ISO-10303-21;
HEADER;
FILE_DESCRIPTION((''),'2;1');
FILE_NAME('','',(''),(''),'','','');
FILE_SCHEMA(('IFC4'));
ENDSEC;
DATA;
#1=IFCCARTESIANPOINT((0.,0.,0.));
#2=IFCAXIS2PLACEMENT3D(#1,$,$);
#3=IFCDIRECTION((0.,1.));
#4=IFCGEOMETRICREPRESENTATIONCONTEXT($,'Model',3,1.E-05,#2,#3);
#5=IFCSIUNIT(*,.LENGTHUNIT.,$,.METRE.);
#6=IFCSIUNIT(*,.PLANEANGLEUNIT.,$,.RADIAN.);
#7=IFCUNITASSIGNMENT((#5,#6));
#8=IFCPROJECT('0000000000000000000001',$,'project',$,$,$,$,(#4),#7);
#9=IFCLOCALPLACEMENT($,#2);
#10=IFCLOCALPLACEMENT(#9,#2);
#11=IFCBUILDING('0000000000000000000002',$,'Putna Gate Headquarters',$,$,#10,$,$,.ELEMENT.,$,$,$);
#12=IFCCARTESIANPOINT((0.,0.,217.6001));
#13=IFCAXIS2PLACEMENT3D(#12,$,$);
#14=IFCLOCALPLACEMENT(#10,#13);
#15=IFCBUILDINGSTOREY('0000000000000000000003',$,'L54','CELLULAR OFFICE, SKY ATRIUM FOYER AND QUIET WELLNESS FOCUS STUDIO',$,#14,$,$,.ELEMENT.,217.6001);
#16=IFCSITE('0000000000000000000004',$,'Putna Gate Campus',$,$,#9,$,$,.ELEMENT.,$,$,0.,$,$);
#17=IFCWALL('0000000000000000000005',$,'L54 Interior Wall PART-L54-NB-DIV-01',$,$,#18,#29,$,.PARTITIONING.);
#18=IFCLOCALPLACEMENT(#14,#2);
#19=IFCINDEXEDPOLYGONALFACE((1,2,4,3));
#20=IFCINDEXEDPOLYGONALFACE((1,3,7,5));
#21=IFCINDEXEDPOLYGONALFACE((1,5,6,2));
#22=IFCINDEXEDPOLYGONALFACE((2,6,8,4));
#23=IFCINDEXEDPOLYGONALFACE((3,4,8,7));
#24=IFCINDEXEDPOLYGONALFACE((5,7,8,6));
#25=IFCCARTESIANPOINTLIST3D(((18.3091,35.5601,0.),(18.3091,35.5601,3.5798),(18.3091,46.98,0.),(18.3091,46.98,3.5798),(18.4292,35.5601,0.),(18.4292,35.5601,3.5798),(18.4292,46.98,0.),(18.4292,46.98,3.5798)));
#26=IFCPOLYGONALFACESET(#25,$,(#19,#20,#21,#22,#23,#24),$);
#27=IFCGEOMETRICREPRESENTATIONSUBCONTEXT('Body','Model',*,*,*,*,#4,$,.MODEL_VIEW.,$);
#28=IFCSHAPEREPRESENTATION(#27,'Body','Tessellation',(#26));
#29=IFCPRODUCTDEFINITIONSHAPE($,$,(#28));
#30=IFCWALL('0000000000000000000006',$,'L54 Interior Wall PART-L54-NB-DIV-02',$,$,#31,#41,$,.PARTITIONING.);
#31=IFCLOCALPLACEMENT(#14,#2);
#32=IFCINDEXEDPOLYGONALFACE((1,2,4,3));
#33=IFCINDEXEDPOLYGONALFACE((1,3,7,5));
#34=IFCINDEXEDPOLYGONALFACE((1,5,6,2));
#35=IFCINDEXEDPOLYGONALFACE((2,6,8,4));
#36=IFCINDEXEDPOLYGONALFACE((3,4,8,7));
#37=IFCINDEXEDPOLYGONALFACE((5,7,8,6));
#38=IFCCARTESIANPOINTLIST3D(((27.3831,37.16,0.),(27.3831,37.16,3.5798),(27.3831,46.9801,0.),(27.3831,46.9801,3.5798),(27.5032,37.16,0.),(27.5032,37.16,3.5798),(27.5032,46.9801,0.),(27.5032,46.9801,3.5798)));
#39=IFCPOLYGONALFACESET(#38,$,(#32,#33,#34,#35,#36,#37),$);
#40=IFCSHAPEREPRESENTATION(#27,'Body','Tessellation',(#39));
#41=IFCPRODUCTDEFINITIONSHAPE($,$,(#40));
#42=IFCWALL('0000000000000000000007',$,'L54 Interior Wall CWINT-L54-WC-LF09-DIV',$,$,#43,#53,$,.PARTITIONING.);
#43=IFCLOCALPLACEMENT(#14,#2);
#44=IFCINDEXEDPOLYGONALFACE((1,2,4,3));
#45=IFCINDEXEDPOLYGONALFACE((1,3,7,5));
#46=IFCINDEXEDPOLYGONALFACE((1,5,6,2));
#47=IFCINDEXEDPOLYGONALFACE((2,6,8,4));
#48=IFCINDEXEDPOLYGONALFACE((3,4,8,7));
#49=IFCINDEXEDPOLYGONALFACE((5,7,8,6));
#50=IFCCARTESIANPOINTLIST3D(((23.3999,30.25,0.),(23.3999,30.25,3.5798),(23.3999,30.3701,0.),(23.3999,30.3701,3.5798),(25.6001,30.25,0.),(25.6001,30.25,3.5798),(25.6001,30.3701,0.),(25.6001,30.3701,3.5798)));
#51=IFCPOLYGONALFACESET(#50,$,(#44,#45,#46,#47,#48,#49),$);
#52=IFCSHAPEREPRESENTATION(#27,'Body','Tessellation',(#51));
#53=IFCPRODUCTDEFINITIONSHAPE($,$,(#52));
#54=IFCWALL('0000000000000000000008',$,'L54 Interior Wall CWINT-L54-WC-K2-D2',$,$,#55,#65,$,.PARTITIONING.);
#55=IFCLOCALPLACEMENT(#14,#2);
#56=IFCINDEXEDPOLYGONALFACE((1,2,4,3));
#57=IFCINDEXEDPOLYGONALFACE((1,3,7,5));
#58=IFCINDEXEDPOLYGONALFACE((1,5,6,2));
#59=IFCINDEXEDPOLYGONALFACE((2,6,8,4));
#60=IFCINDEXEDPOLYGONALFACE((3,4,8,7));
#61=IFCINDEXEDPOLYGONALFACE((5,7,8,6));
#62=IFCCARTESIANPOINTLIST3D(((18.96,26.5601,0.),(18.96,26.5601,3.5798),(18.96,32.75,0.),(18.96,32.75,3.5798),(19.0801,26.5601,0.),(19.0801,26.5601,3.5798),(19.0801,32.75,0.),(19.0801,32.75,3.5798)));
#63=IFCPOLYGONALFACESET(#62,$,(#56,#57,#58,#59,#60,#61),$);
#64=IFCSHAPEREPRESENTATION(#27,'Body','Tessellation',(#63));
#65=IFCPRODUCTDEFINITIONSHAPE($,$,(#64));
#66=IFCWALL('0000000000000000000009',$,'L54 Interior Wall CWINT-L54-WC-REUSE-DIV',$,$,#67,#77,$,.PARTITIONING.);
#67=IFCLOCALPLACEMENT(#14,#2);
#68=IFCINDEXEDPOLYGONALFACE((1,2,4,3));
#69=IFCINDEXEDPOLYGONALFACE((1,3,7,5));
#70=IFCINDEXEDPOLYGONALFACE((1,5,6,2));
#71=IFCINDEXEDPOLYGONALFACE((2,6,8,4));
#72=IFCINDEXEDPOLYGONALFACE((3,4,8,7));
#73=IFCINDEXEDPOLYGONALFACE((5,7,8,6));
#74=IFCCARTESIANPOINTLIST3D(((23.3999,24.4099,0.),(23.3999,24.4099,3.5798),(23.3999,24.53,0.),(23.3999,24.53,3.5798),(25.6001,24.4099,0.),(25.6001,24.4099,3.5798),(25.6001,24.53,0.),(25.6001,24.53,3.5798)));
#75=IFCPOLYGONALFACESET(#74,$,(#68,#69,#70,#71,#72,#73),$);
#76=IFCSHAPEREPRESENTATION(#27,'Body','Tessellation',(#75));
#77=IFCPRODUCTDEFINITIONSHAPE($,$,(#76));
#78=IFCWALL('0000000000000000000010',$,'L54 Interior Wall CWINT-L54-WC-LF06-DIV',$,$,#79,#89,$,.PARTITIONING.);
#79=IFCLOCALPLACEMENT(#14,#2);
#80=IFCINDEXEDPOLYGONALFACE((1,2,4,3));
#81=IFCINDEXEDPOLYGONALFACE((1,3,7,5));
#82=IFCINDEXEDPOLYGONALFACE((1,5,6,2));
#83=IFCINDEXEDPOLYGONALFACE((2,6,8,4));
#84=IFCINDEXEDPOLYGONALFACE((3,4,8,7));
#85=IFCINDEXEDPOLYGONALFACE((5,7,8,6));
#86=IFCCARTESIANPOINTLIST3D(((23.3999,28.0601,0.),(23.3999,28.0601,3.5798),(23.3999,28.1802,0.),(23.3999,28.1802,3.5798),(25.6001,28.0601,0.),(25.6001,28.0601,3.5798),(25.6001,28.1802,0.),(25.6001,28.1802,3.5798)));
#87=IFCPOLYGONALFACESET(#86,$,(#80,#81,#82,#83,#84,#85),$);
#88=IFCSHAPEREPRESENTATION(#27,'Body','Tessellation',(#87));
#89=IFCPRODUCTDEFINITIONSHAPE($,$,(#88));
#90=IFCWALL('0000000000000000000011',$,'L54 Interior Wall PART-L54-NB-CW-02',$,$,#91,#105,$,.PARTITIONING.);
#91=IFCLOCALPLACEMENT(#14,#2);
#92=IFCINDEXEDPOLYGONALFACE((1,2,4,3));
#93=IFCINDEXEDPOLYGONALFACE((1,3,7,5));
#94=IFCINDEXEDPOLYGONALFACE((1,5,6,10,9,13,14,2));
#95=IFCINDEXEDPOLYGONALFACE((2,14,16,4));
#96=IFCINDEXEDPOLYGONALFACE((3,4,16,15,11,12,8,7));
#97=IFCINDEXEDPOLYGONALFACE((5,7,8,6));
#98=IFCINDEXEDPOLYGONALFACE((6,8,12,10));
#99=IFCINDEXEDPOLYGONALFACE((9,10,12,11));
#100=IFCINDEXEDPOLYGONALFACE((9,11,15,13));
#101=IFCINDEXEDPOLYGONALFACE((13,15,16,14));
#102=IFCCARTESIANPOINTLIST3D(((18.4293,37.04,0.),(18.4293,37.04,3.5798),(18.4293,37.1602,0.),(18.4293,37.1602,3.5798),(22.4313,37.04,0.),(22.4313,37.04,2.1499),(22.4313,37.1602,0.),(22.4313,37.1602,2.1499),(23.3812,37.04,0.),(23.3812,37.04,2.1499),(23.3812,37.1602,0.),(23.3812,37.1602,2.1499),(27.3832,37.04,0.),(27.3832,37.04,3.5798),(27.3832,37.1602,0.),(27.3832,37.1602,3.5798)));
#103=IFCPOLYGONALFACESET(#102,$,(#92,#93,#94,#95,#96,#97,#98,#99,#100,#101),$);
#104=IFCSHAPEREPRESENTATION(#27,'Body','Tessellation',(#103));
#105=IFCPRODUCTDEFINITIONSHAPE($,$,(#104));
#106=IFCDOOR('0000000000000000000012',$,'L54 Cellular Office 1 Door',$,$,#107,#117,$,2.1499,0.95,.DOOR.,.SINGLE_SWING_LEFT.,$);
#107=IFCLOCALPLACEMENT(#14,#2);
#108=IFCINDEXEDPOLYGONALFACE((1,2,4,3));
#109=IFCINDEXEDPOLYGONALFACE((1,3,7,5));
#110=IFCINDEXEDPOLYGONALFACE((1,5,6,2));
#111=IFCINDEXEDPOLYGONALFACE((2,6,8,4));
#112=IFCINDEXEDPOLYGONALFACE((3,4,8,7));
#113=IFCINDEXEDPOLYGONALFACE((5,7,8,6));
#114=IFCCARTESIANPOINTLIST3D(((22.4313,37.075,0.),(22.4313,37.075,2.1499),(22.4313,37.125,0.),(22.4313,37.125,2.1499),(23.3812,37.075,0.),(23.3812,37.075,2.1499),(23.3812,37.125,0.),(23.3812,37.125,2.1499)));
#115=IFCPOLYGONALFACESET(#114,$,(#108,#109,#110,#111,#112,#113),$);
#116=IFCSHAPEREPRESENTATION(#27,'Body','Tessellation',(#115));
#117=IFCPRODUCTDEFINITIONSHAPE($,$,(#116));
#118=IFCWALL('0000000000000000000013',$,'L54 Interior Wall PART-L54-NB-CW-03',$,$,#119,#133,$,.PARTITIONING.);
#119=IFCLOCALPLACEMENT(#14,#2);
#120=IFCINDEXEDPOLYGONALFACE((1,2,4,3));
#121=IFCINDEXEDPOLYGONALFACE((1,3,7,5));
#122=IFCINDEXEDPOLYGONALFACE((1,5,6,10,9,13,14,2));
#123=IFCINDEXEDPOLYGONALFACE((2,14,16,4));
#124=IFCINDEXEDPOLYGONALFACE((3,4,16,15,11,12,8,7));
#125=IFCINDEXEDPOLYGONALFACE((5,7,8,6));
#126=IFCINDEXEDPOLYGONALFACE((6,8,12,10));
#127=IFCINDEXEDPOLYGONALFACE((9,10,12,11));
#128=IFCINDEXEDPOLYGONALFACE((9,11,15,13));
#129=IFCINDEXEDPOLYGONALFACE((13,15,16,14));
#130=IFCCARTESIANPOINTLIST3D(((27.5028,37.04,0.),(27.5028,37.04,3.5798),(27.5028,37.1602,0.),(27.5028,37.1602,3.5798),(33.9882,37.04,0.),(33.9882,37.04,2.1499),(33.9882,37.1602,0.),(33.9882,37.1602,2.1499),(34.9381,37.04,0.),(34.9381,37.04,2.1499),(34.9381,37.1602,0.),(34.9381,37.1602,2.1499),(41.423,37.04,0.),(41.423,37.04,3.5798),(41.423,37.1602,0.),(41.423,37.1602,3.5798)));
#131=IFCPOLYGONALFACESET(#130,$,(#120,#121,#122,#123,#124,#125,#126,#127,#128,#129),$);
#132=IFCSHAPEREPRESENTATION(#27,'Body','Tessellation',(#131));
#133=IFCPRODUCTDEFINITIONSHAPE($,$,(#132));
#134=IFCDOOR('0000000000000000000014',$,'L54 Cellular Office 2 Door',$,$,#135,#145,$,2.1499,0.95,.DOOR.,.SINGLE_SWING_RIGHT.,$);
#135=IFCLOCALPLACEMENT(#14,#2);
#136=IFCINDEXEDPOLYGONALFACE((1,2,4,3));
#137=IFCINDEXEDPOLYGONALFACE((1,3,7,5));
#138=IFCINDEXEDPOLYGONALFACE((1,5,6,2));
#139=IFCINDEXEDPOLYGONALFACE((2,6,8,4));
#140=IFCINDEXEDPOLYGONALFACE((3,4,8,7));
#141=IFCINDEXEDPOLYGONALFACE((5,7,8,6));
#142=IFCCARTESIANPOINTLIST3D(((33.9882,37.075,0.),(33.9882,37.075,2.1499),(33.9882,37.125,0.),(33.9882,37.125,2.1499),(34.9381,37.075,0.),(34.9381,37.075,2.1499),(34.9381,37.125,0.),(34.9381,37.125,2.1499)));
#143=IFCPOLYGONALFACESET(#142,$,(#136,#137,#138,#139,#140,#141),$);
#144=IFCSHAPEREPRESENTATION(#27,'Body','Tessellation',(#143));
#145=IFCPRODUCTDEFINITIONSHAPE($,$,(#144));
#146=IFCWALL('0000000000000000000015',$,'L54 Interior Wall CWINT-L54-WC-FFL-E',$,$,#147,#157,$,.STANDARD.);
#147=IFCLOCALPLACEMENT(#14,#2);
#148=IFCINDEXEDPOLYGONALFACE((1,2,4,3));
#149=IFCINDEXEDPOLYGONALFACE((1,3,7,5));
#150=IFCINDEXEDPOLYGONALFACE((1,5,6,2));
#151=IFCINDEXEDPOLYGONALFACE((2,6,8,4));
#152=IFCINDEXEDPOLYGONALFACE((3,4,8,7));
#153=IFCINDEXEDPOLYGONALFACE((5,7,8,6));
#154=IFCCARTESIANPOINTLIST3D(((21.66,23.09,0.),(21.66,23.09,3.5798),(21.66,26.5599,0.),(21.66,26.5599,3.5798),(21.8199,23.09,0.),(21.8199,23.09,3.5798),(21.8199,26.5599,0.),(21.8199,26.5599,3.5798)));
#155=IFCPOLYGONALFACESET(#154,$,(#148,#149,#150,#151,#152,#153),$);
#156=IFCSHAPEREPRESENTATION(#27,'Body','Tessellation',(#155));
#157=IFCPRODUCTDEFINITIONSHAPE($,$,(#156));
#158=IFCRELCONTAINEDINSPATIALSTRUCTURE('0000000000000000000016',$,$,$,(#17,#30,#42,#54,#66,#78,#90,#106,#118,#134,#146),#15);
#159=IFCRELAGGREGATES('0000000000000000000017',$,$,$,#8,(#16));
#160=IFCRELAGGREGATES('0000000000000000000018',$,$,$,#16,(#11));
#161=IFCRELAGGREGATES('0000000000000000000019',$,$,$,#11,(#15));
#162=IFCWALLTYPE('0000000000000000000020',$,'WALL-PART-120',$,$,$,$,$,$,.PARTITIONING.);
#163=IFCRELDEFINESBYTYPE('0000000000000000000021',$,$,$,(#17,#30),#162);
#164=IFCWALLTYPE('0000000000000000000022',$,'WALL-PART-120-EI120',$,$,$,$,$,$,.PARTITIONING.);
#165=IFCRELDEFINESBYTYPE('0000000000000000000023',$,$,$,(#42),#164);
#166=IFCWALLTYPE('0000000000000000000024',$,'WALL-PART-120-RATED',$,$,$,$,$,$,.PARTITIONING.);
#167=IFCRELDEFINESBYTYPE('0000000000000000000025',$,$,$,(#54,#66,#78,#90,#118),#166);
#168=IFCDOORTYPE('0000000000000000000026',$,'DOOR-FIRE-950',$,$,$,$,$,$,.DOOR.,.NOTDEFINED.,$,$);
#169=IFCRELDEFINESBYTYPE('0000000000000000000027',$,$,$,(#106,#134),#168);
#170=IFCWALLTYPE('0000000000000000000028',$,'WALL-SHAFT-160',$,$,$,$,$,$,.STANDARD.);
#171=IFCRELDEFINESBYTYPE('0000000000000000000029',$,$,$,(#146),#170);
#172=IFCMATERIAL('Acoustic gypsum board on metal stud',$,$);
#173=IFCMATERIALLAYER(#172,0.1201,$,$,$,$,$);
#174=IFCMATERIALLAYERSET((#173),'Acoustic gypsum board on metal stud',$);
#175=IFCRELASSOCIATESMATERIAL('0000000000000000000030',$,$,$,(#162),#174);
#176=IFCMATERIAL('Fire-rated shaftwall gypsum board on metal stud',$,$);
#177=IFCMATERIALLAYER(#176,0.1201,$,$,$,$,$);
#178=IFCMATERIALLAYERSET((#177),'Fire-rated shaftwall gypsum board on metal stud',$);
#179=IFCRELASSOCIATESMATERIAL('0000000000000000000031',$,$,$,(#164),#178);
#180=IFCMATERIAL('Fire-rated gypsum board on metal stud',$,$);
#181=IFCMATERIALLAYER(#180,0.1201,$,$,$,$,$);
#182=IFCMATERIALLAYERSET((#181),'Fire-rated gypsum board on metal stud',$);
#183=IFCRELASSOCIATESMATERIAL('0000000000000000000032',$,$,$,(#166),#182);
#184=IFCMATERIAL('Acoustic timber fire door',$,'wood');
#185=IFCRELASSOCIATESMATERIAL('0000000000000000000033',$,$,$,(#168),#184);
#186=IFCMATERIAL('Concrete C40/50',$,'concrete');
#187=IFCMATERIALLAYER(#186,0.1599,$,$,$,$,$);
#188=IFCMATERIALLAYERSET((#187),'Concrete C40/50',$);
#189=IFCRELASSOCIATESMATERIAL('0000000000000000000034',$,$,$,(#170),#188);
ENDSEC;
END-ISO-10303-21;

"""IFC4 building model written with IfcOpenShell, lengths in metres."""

from ifc_helpers import new_model, si_unit, direction, frame, frame_2d, origin, place, context, subcontext, project, spatial, rectangle, extrude, material, layer, layer_set, type_object, element, fill, save


model = new_model("IFC4")

# Units and contexts
model_context = context("Model", 3, precision=1e-05, world=origin(), true_north=direction((0.0, 1.0)))
body_context = subcontext(model_context, "Body", "Model", "MODEL_VIEW")
ifc_project = project(units=[si_unit("LENGTHUNIT", "METRE"), si_unit("PLANEANGLEUNIT", "RADIAN")], contexts=[model_context])

# Site, building, storey
site_placement = place(None, origin())
site = spatial("IfcSite", under=ifc_project, at=site_placement, Name="Putna Gate Campus", CompositionType="ELEMENT", RefElevation=0.0)
building_placement = place(site_placement, origin())
building = spatial("IfcBuilding", under=site, at=building_placement, Name="Putna Gate Headquarters", CompositionType="ELEMENT")
storey_placement = place(building_placement, frame((0.0, 0.0, 217.6001)))
storey = spatial("IfcBuildingStorey", under=building, at=storey_placement, Name="L54", Description="CELLULAR OFFICE, SKY ATRIUM FOYER AND QUIET WELLNESS FOCUS STUDIO", CompositionType="ELEMENT", Elevation=217.6001)

# Walls
ifc_material_1 = material(Name="Acoustic gypsum board on metal stud")
ifc_layer_1 = layer(ifc_material_1, 0.1201)
ifc_layer_set_1 = layer_set([ifc_layer_1], Name="Acoustic gypsum board on metal stud")
wall_type_1 = type_object("IfcWallType", Name="WALL-PART-120", PredefinedType="PARTITIONING", material=ifc_layer_set_1)
wall_1_placement = place(storey_placement, frame((18.3691, 35.5601, 0.0), z_axis=(0.0, 0.0, 1.0), x_axis=(0.0, 1.0, 0.0)))
element("IfcWall", 1, at=wall_1_placement, inside=storey, type_object=wall_type_1, Name="L54 Interior Wall PART-L54-NB-DIV-01", PredefinedType="PARTITIONING", context=body_context, shape_type="SweptSolid", body=[
    extrude(rectangle(XDim=11.4199, YDim=0.1201, at=frame_2d((5.71, 0.0))), origin(), (0.0, 0.0, 1.0), 3.5798),
])
wall_2_placement = place(storey_placement, frame((27.4431, 37.1599, 0.0), z_axis=(0.0, 0.0, 1.0), x_axis=(0.0, 1.0, 0.0)))
element("IfcWall", 2, at=wall_2_placement, inside=storey, type_object=wall_type_1, Name="L54 Interior Wall PART-L54-NB-DIV-02", PredefinedType="PARTITIONING", context=body_context, shape_type="SweptSolid", body=[
    extrude(rectangle(XDim=9.8201, YDim=0.1201, at=frame_2d((4.9102, 0.0))), origin(), (0.0, 0.0, 1.0), 3.5798),
])
ifc_material_2 = material(Name="Fire-rated shaftwall gypsum board on metal stud")
ifc_layer_2 = layer(ifc_material_2, 0.1201)
ifc_layer_set_2 = layer_set([ifc_layer_2], Name="Fire-rated shaftwall gypsum board on metal stud")
wall_type_2 = type_object("IfcWallType", Name="WALL-PART-120-EI120", PredefinedType="PARTITIONING", material=ifc_layer_set_2)
wall_3_placement = place(storey_placement, frame((23.3999, 30.3101, 0.0), z_axis=(0.0, 0.0, 1.0), x_axis=(1.0, 0.0, 0.0)))
element("IfcWall", 3, at=wall_3_placement, inside=storey, type_object=wall_type_2, Name="L54 Interior Wall CWINT-L54-WC-LF09-DIV", PredefinedType="PARTITIONING", context=body_context, shape_type="SweptSolid", body=[
    extrude(rectangle(XDim=2.2002, YDim=0.1201, at=frame_2d((1.1001, 0.0))), origin(), (0.0, 0.0, 1.0), 3.5798),
])
ifc_material_3 = material(Name="Fire-rated gypsum board on metal stud")
ifc_layer_3 = layer(ifc_material_3, 0.1201)
ifc_layer_set_3 = layer_set([ifc_layer_3], Name="Fire-rated gypsum board on metal stud")
wall_type_3 = type_object("IfcWallType", Name="WALL-PART-120-RATED", PredefinedType="PARTITIONING", material=ifc_layer_set_3)
wall_4_placement = place(storey_placement, frame((19.02, 26.5601, 0.0), z_axis=(0.0, 0.0, 1.0), x_axis=(0.0, 1.0, 0.0)))
element("IfcWall", 4, at=wall_4_placement, inside=storey, type_object=wall_type_3, Name="L54 Interior Wall CWINT-L54-WC-K2-D2", PredefinedType="PARTITIONING", context=body_context, shape_type="SweptSolid", body=[
    extrude(rectangle(XDim=6.1899, YDim=0.1201, at=frame_2d((3.095, 0.0))), origin(), (0.0, 0.0, 1.0), 3.5798),
])
for number, where, z_axis, x_axis, name in (
    (5, (23.3999, 24.47, 0.0), (0.0, 0.0, 1.0), (1.0, 0.0, 0.0), "L54 Interior Wall CWINT-L54-WC-REUSE-DIV"),
    (6, (23.3999, 28.1201, 0.0), (0.0, 0.0, 1.0), (1.0, 0.0, 0.0), "L54 Interior Wall CWINT-L54-WC-LF06-DIV"),
):
    element("IfcWall", number, at=place(storey_placement, frame(where, z_axis=z_axis, x_axis=x_axis)), inside=storey, type_object=wall_type_3, Name=name, PredefinedType="PARTITIONING", context=body_context, shape_type="SweptSolid", body=[
        extrude(rectangle(XDim=2.2002, YDim=0.1201, at=frame_2d((1.1001, 0.0))), origin(), (0.0, 0.0, 1.0), 3.5798),
    ])

# Walls, openings, doors
wall_5_placement = place(storey_placement, frame((18.4292, 37.1001, 0.0), z_axis=(0.0, 0.0, 1.0), x_axis=(1.0, 0.0, 0.0)))
wall_5 = element("IfcWall", 7, at=wall_5_placement, inside=storey, type_object=wall_type_3, Name="L54 Interior Wall PART-L54-NB-CW-02", PredefinedType="PARTITIONING", context=body_context, shape_type="SweptSolid", body=[
    extrude(rectangle(XDim=8.9539, YDim=0.1201, at=frame_2d((4.4771, 0.0))), origin(), (0.0, 0.0, 1.0), 3.5798),
])
opening_1_placement = place(wall_5_placement, frame((4.002, 0.0, 0.0)))
opening_1 = element("IfcOpeningElement", 8, at=opening_1_placement, cuts=wall_5, PredefinedType="OPENING", context=body_context, shape_type="SweptSolid", body=[
    extrude(rectangle(XDim=0.95, YDim=2.1499, at=frame_2d((0.4751, 1.075))), frame((0.0, 0.0701, 0.0), z_axis=(0.0, -1.0, 0.0), x_axis=(1.0, 0.0, 0.0)), (0.0, 0.0, 1.0), 0.1401),
])
ifc_material_4 = material(Name="Acoustic timber fire door", Category="wood")
door_type_1 = type_object("IfcDoorType", Name="DOOR-FIRE-950", OperationType="NOTDEFINED", PredefinedType="DOOR", material=ifc_material_4)
door_1_placement = place(opening_1_placement, origin())
door_1 = element("IfcDoor", 9, at=door_1_placement, inside=storey, type_object=door_type_1, Name="L54 Cellular Office 1 Door", OperationType="SINGLE_SWING_LEFT", OverallHeight=2.1499, OverallWidth=0.95, PredefinedType="DOOR", context=body_context, shape_type="SweptSolid", body=[
    extrude(rectangle(XDim=0.95, YDim=2.1499, at=frame_2d((0.4751, 1.075))), frame((0.0, 0.0249, 0.0), z_axis=(0.0, -1.0, 0.0), x_axis=(1.0, 0.0, 0.0)), (0.0, 0.0, 1.0), 0.05),
])
fill(opening_1, door_1)
wall_6_placement = place(storey_placement, frame((27.5029, 37.1001, 0.0), z_axis=(0.0, 0.0, 1.0), x_axis=(1.0, 0.0, 0.0)))
wall_6 = element("IfcWall", 10, at=wall_6_placement, inside=storey, type_object=wall_type_3, Name="L54 Interior Wall PART-L54-NB-CW-03", PredefinedType="PARTITIONING", context=body_context, shape_type="SweptSolid", body=[
    extrude(rectangle(XDim=13.9202, YDim=0.1201, at=frame_2d((6.96, 0.0))), origin(), (0.0, 0.0, 1.0), 3.5798),
])
opening_2_placement = place(wall_6_placement, frame((6.4851, 0.0, 0.0)))
opening_2 = element("IfcOpeningElement", 11, at=opening_2_placement, cuts=wall_6, PredefinedType="OPENING", context=body_context, shape_type="SweptSolid", body=[
    extrude(rectangle(XDim=0.95, YDim=2.1499, at=frame_2d((0.4751, 1.075))), frame((0.0, 0.0701, 0.0), z_axis=(0.0, -1.0, 0.0), x_axis=(1.0, 0.0, 0.0)), (0.0, 0.0, 1.0), 0.1401),
])
door_2_placement = place(opening_2_placement, origin())
door_2 = element("IfcDoor", 12, at=door_2_placement, inside=storey, type_object=door_type_1, Name="L54 Cellular Office 2 Door", OperationType="SINGLE_SWING_RIGHT", OverallHeight=2.1499, OverallWidth=0.95, PredefinedType="DOOR", context=body_context, shape_type="SweptSolid", body=[
    extrude(rectangle(XDim=0.95, YDim=2.1499, at=frame_2d((0.4751, 1.075))), frame((0.0, 0.0249, 0.0), z_axis=(0.0, -1.0, 0.0), x_axis=(1.0, 0.0, 0.0)), (0.0, 0.0, 1.0), 0.05),
])
fill(opening_2, door_2)

# Wall
ifc_material_5 = material(Name="Concrete C40/50", Category="concrete")
ifc_layer_4 = layer(ifc_material_5, 0.1599)
ifc_layer_set_4 = layer_set([ifc_layer_4], Name="Concrete C40/50")
wall_type_4 = type_object("IfcWallType", Name="WALL-SHAFT-160", PredefinedType="STANDARD", material=ifc_layer_set_4)
wall_7_placement = place(storey_placement, frame((21.74, 23.0901, 0.0), z_axis=(0.0, 0.0, 1.0), x_axis=(0.0, 1.0, 0.0)))
element("IfcWall", 13, at=wall_7_placement, inside=storey, type_object=wall_type_4, Name="L54 Interior Wall CWINT-L54-WC-FFL-E", PredefinedType="STANDARD", context=body_context, shape_type="SweptSolid", body=[
    extrude(rectangle(XDim=3.47, YDim=0.1599, at=frame_2d((1.7349, 0.0))), origin(), (0.0, 0.0, 1.0), 3.5798),
])

save(model, "model.ifc")
